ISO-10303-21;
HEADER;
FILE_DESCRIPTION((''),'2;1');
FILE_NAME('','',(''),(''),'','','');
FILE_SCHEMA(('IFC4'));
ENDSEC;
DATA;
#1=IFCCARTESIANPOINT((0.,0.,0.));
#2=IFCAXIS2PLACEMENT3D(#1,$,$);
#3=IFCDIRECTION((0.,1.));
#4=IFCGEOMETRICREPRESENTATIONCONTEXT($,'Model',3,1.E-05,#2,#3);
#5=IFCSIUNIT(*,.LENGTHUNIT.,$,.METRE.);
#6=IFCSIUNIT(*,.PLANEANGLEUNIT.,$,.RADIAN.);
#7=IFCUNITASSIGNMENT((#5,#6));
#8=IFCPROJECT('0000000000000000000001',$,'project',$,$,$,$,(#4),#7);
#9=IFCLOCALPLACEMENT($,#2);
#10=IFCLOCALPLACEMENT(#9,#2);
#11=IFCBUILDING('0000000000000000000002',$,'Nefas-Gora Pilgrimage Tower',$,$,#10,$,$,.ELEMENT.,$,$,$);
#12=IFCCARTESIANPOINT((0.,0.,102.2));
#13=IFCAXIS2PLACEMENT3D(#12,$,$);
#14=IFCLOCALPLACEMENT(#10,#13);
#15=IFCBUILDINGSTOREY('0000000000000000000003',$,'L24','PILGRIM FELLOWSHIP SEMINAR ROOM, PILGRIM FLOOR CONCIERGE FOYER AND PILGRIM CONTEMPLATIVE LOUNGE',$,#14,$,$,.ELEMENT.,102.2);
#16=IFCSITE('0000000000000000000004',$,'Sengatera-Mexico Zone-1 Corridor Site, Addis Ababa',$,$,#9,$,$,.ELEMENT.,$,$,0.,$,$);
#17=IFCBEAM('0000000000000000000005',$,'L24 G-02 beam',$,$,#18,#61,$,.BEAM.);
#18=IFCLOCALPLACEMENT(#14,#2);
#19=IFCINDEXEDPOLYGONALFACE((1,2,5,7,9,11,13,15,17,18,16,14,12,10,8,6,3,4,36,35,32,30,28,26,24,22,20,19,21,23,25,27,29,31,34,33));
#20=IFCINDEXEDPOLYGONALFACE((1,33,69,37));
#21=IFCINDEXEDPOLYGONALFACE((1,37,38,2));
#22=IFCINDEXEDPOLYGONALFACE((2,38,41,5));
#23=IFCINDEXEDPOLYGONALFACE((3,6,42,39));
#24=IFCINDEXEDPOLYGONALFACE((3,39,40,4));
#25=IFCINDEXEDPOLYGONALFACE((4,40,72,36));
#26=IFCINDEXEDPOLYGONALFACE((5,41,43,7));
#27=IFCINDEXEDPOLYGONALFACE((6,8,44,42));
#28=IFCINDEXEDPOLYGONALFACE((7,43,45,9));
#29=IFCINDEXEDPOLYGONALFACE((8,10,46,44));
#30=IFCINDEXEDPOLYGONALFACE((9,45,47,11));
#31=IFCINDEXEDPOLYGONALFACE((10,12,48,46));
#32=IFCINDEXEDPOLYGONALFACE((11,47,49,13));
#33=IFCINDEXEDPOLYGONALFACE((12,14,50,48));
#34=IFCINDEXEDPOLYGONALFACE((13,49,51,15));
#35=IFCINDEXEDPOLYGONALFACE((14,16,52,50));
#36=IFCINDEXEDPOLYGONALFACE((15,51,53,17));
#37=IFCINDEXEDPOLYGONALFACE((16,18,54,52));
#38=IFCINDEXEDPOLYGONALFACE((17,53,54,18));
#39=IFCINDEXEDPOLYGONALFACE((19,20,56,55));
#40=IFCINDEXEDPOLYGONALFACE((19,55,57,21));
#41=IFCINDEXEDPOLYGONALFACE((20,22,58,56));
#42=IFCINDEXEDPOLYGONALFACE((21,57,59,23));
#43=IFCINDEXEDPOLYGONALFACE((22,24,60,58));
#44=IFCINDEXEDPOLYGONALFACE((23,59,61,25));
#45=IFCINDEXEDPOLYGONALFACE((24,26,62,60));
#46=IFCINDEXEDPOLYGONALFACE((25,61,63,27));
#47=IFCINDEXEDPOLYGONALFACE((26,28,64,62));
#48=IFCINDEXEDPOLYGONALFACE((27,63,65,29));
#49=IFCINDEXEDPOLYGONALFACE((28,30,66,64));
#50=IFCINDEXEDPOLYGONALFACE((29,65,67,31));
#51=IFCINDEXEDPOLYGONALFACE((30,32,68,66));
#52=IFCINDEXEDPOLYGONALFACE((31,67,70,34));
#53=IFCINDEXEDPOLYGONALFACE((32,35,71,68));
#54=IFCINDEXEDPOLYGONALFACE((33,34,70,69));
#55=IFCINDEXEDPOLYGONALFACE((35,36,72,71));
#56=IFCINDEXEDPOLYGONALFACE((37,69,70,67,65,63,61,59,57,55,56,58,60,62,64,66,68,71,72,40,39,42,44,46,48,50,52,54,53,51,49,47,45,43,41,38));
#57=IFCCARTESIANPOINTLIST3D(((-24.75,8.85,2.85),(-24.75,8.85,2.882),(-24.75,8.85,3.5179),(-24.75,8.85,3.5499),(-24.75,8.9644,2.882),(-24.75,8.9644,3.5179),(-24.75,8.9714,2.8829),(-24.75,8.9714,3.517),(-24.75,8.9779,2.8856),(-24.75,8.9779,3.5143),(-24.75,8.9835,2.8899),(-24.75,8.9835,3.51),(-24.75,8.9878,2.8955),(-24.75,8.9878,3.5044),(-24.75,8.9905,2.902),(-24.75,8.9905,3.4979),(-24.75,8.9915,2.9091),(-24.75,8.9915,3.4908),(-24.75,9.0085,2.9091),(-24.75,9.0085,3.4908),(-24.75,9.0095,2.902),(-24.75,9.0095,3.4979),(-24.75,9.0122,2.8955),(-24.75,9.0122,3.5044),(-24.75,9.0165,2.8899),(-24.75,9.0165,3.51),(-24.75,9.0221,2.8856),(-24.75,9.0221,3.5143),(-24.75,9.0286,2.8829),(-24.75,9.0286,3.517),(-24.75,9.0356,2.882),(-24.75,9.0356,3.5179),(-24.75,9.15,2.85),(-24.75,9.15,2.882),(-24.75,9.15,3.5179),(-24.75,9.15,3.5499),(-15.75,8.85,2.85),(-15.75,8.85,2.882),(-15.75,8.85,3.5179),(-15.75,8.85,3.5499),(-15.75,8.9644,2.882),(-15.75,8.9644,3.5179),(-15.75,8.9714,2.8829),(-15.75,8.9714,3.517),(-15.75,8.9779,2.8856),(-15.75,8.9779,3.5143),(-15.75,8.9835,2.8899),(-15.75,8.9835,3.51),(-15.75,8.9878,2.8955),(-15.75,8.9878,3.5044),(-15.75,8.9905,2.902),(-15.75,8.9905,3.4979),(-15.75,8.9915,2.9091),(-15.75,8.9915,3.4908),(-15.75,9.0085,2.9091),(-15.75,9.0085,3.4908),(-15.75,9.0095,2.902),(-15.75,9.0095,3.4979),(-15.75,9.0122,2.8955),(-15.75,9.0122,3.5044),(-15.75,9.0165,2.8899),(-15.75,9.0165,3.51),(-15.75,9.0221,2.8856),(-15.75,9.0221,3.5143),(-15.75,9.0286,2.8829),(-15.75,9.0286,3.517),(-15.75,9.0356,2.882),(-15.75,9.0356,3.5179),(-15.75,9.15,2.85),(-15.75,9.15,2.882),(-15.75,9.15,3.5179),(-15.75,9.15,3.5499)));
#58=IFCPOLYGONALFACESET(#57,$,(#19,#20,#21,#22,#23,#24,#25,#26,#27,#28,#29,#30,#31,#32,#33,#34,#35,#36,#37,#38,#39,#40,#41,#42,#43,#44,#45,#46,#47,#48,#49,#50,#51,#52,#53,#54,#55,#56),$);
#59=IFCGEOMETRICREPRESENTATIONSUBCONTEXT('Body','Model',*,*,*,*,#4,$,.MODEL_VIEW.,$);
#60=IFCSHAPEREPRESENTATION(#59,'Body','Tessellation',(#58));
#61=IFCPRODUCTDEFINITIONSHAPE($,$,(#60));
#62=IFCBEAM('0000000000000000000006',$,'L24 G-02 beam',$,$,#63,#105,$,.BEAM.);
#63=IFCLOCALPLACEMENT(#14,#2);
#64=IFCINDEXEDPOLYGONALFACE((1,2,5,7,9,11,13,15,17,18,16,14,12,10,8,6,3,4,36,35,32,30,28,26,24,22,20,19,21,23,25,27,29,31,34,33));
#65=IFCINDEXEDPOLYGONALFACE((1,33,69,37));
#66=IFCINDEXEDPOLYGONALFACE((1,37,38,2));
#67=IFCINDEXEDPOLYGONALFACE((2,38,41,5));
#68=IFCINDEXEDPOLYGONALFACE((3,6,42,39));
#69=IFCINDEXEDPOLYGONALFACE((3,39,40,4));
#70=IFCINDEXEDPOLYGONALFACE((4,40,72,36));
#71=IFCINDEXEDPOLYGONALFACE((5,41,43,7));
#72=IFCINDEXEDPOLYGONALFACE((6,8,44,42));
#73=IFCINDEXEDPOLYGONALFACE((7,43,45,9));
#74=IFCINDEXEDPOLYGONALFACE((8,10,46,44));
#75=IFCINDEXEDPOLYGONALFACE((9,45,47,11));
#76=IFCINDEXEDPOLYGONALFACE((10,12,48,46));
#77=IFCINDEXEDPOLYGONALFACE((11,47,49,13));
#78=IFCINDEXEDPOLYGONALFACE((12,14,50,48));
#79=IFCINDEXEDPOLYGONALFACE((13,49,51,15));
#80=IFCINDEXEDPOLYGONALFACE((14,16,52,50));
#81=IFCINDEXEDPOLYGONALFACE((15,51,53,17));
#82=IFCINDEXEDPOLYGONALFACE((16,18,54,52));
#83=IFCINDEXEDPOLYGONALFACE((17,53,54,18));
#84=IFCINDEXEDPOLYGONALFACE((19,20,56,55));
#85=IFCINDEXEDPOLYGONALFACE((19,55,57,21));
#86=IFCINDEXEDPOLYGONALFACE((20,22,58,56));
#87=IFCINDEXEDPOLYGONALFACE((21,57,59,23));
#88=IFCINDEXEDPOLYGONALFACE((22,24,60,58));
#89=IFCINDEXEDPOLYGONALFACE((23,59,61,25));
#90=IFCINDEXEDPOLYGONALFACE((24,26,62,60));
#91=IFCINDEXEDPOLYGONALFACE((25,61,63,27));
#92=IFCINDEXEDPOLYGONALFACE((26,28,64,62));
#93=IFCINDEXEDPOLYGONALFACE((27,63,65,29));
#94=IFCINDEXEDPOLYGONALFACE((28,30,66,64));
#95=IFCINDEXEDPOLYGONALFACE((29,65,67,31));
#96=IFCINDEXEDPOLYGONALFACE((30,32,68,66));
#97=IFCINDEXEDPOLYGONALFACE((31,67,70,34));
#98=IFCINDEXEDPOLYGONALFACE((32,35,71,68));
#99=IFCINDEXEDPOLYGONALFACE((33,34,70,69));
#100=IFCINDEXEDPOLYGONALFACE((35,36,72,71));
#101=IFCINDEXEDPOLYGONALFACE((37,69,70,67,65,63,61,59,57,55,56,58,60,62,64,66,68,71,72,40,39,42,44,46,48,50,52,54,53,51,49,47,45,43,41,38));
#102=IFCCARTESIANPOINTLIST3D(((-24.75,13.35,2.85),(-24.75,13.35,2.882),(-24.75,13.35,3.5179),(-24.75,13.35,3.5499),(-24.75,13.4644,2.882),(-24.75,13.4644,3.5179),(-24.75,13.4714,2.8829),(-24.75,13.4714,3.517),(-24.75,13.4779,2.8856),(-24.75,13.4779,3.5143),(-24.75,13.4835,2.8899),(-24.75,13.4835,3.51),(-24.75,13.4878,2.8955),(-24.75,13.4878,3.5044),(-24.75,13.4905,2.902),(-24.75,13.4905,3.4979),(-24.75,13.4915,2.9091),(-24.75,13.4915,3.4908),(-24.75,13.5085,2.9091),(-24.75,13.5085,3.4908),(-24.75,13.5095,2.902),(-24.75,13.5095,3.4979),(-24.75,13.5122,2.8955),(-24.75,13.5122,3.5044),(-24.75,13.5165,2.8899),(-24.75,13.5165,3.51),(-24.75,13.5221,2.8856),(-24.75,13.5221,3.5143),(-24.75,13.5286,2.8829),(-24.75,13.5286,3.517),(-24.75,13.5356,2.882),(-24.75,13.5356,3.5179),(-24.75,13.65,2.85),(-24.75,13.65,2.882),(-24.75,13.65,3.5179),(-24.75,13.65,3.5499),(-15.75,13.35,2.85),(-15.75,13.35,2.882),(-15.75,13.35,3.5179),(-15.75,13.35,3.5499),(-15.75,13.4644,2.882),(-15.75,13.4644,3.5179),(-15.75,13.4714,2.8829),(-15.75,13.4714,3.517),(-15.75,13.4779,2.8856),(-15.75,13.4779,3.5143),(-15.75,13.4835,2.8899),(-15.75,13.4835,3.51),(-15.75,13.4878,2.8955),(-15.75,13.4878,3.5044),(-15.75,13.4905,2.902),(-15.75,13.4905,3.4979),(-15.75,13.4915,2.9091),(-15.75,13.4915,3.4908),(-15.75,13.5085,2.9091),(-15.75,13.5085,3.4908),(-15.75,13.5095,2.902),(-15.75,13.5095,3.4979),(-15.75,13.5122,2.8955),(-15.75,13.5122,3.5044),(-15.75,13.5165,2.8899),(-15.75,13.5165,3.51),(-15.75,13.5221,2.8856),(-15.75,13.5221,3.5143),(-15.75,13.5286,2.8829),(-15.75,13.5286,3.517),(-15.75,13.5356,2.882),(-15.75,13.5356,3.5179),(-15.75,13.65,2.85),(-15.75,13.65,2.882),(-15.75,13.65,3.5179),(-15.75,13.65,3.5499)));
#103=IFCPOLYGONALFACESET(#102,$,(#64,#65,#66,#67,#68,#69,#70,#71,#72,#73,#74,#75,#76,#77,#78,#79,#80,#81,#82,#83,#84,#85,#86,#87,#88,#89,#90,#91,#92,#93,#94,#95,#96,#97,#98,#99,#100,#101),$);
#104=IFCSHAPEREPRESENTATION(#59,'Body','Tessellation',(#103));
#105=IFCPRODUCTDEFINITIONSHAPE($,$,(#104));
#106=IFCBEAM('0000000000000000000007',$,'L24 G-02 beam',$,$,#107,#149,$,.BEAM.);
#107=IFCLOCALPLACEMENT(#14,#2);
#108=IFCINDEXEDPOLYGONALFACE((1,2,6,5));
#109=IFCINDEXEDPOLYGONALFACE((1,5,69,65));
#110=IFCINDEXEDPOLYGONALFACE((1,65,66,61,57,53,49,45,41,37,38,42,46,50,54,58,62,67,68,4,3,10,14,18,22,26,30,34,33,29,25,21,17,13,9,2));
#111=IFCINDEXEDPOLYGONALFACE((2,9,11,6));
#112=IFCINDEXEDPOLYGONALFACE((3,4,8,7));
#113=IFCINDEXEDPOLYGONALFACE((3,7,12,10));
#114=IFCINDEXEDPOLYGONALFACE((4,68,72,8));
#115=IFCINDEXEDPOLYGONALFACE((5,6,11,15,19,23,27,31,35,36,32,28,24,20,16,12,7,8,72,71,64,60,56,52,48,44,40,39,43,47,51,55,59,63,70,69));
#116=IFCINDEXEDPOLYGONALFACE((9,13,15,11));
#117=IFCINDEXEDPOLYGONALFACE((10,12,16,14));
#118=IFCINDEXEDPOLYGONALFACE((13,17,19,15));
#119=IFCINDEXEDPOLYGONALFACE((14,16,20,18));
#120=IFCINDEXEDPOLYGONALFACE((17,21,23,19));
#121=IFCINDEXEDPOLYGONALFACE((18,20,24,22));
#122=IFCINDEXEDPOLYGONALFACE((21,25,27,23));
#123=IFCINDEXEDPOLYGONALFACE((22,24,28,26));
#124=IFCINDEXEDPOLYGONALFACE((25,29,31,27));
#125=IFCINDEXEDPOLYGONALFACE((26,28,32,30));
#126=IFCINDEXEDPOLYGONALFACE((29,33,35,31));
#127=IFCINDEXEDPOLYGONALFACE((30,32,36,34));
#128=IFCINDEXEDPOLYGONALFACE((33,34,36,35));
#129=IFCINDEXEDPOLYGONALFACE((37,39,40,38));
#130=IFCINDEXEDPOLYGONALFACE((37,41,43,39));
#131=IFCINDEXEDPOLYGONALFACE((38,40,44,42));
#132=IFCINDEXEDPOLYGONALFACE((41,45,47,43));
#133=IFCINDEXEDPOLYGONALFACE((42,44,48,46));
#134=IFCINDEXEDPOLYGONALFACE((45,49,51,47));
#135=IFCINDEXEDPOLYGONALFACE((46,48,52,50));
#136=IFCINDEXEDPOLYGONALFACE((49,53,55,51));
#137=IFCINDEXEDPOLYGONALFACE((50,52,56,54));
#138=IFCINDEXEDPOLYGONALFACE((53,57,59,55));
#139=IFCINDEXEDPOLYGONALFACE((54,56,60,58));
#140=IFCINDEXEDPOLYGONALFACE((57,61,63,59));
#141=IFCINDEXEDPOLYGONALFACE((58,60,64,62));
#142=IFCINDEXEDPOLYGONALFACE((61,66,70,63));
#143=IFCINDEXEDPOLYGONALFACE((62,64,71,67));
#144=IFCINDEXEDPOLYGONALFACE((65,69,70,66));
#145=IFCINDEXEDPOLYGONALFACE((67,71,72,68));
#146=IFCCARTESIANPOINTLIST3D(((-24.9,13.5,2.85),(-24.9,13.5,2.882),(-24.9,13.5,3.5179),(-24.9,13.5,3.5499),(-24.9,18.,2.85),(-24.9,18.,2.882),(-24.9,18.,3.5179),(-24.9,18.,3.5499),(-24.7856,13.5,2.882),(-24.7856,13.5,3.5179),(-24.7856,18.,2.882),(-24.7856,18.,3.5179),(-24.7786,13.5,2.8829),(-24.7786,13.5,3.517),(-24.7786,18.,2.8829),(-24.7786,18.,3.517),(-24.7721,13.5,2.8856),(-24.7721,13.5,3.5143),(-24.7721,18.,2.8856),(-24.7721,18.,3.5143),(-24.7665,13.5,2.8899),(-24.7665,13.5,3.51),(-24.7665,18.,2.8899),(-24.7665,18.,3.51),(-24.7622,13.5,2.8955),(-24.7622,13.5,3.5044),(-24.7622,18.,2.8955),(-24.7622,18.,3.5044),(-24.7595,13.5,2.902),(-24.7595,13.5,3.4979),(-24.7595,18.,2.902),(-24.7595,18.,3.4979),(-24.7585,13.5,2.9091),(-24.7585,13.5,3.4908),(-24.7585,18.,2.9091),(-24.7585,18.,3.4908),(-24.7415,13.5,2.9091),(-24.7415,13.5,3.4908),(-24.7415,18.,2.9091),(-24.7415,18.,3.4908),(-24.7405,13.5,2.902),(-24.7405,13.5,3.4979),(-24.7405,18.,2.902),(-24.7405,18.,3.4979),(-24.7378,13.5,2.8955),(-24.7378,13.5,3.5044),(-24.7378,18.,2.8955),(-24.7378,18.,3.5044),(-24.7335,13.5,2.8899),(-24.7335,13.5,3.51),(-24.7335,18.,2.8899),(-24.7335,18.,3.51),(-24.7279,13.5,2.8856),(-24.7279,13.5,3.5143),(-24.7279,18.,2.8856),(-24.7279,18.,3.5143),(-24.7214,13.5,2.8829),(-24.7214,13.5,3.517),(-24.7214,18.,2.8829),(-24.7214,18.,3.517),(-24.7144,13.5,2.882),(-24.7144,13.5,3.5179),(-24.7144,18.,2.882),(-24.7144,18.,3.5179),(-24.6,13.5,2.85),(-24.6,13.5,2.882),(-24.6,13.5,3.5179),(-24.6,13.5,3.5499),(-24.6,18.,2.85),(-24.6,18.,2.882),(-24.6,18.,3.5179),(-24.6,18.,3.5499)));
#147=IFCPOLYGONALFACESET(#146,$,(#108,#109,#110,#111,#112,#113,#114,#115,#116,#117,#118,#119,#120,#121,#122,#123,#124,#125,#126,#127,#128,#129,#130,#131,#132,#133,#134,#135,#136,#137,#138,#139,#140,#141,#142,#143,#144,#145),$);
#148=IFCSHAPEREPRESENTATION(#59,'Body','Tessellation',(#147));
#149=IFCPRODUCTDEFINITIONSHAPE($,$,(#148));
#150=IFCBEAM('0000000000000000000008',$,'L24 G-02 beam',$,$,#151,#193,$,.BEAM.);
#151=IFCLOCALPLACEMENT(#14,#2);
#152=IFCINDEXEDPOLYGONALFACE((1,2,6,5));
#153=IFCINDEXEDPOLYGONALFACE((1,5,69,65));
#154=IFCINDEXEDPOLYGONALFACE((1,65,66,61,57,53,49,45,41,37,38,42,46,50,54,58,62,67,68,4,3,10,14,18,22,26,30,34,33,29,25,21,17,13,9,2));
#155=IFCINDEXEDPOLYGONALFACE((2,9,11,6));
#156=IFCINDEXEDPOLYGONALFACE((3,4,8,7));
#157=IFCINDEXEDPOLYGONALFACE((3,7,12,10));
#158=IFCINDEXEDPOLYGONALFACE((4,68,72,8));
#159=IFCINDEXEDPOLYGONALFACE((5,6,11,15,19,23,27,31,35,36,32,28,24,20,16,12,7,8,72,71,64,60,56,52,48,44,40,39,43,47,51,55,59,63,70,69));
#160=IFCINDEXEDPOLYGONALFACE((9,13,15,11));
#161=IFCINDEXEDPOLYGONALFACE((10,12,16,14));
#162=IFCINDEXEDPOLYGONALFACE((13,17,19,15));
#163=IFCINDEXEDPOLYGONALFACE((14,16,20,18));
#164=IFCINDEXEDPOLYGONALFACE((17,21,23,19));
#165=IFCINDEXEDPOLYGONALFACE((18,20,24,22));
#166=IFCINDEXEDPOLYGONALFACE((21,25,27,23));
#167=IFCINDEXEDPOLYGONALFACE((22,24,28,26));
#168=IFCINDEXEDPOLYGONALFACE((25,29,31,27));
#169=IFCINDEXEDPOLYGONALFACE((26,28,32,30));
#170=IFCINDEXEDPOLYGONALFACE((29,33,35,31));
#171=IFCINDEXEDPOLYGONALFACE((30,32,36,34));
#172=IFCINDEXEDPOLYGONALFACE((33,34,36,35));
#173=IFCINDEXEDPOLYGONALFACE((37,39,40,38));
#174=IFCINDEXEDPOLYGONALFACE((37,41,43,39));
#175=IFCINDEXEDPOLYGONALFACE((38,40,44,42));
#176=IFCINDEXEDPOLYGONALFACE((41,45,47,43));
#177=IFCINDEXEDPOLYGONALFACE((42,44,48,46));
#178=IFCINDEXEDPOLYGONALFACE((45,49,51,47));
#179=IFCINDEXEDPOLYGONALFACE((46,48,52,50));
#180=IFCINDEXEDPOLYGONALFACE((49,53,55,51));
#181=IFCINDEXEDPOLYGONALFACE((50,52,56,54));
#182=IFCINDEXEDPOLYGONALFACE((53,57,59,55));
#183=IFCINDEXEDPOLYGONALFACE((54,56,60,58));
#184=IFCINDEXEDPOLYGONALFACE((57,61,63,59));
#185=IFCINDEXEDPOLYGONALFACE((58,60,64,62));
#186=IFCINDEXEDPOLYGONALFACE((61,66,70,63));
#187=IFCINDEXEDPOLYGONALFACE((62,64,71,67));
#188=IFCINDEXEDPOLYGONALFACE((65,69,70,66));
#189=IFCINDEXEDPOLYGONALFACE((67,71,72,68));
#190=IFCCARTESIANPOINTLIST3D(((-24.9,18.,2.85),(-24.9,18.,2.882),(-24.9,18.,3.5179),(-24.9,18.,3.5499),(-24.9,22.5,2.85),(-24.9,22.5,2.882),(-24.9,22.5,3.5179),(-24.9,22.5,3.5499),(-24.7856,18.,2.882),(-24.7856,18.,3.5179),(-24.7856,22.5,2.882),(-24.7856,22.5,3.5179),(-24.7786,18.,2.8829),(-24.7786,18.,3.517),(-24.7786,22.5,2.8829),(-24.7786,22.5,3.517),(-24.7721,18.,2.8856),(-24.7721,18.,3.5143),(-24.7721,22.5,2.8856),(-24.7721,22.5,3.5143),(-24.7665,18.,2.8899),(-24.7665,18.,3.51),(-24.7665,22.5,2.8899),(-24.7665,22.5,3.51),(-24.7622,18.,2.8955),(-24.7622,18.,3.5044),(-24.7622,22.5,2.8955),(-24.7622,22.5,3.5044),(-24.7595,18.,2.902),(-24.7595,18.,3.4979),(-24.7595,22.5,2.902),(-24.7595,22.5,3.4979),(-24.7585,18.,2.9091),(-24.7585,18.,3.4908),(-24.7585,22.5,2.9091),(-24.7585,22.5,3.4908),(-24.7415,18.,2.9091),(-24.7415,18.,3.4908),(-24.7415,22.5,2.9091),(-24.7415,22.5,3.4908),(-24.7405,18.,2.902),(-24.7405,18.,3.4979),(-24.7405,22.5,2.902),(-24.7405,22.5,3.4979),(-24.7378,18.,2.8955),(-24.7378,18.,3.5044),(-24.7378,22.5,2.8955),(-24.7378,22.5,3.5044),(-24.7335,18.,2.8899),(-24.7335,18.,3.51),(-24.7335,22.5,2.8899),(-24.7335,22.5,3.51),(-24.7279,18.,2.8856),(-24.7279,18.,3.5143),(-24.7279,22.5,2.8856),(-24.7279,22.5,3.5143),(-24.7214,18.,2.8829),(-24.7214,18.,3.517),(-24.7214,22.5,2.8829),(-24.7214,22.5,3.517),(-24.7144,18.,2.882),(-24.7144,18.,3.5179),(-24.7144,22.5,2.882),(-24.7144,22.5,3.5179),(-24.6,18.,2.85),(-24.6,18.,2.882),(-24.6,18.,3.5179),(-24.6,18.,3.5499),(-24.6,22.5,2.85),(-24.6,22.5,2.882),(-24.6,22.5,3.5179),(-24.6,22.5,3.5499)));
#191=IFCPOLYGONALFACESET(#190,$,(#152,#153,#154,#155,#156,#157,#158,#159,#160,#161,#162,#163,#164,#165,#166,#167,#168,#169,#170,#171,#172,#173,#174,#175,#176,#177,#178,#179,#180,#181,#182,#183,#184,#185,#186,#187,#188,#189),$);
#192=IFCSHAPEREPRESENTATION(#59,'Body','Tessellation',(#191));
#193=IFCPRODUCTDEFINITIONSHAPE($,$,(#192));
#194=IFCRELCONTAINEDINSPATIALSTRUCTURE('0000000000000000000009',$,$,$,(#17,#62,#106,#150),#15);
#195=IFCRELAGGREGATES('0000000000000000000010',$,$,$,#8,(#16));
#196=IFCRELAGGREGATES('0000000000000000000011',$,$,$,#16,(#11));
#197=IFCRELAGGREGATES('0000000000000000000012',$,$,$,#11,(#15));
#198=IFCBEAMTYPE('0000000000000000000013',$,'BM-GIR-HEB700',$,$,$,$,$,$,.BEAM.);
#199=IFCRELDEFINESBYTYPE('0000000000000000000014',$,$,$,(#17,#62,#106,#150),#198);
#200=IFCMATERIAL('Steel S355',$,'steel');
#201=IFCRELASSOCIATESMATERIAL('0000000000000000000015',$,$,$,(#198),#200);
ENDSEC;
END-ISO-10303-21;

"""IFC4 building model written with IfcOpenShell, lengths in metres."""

from ifc_helpers import new_model, si_unit, direction, frame, origin, origin_2d, place, context, subcontext, project, spatial, i_section, extrude, source, transform, mapped, material, material_profile, profile_set, type_object, element, save


model = new_model("IFC4")

# Units and contexts
model_context = context("Model", 3, precision=1e-05, world=origin(), true_north=direction((0.0, 1.0)))
body_context = subcontext(model_context, "Body", "Model", "MODEL_VIEW")
ifc_project = project(units=[si_unit("LENGTHUNIT", "METRE"), si_unit("PLANEANGLEUNIT", "RADIAN")], contexts=[model_context])

# Site, building, storey
site_placement = place(None, origin())
site = spatial("IfcSite", under=ifc_project, at=site_placement, Name="Sengatera-Mexico Zone-1 Corridor Site, Addis Ababa", CompositionType="ELEMENT", RefElevation=0.0)
building_placement = place(site_placement, origin())
building = spatial("IfcBuilding", under=site, at=building_placement, Name="Nefas-Gora Pilgrimage Tower", CompositionType="ELEMENT")
storey_placement = place(building_placement, frame((0.0, 0.0, 102.2)))
storey = spatial("IfcBuildingStorey", under=building, at=storey_placement, Name="L24", Description="PILGRIM FELLOWSHIP SEMINAR ROOM, PILGRIM FLOOR CONCIERGE FOYER AND PILGRIM CONTEMPLATIVE LOUNGE", CompositionType="ELEMENT", Elevation=102.2)

# Beams
ifc_material_1 = material(Name="Steel S355", Category="steel")
ifc_material_profile_1 = material_profile(ifc_material_1, i_section(OverallWidth=0.3, OverallDepth=0.7, WebThickness=0.0171, FlangeThickness=0.032, FilletRadius=0.0271, at=origin_2d()), Name="HEB 700")
ifc_profile_set_1 = profile_set([ifc_material_profile_1], Name="Steel S355")
beam_type_1 = type_object("IfcBeamType", Name="BM-GIR-HEB700", PredefinedType="BEAM", material=ifc_profile_set_1)
shared_shape_1 = source(origin(), body_context, "Body", "SweptSolid", [
    extrude(i_section(OverallWidth=0.3, OverallDepth=0.7, WebThickness=0.0171, FlangeThickness=0.032, FilletRadius=0.0271, at=origin_2d()), origin(), (0.0, 0.0, 1.0), 9.0),
])
for number, where, z_axis, x_axis, name in (
    (1, (-24.75, 9.0, 3.2), (1.0, 0.0, 0.0), (0.0, 1.0, 0.0), "L24 G-02 beam"),
    (2, (-24.75, 13.5, 3.2), (1.0, 0.0, 0.0), (0.0, 1.0, 0.0), "L24 G-02 beam"),
):
    element("IfcBeam", number, at=place(storey_placement, frame(where, z_axis=z_axis, x_axis=x_axis)), inside=storey, type_object=beam_type_1, Name=name, PredefinedType="BEAM", context=body_context, shape_type="MappedRepresentation", body=[
        mapped(shared_shape_1, transform((0.0, 0.0, 0.0), x_axis=(1.0, 0.0, 0.0), y_axis=(0.0, 1.0, 0.0), z_axis=(0.0, 0.0, 1.0), scale=1.0)),
    ])
shared_shape_2 = source(origin(), body_context, "Body", "SweptSolid", [
    extrude(i_section(OverallWidth=0.3, OverallDepth=0.7, WebThickness=0.0171, FlangeThickness=0.032, FilletRadius=0.0271, at=origin_2d()), origin(), (0.0, 0.0, 1.0), 4.5),
])
for number, where, z_axis, x_axis, name in (
    (3, (-24.75, 13.5, 3.2), (0.0, 1.0, 0.0), (-1.0, 0.0, 0.0), "L24 G-02 beam"),
    (4, (-24.75, 18.0, 3.2), (0.0, 1.0, 0.0), (-1.0, 0.0, 0.0), "L24 G-02 beam"),
):
    element("IfcBeam", number, at=place(storey_placement, frame(where, z_axis=z_axis, x_axis=x_axis)), inside=storey, type_object=beam_type_1, Name=name, PredefinedType="BEAM", context=body_context, shape_type="MappedRepresentation", body=[
        mapped(shared_shape_2, transform((0.0, 0.0, 0.0), x_axis=(1.0, 0.0, 0.0), y_axis=(0.0, 1.0, 0.0), z_axis=(0.0, 0.0, 1.0), scale=1.0)),
    ])

save(model, "model.ifc")
